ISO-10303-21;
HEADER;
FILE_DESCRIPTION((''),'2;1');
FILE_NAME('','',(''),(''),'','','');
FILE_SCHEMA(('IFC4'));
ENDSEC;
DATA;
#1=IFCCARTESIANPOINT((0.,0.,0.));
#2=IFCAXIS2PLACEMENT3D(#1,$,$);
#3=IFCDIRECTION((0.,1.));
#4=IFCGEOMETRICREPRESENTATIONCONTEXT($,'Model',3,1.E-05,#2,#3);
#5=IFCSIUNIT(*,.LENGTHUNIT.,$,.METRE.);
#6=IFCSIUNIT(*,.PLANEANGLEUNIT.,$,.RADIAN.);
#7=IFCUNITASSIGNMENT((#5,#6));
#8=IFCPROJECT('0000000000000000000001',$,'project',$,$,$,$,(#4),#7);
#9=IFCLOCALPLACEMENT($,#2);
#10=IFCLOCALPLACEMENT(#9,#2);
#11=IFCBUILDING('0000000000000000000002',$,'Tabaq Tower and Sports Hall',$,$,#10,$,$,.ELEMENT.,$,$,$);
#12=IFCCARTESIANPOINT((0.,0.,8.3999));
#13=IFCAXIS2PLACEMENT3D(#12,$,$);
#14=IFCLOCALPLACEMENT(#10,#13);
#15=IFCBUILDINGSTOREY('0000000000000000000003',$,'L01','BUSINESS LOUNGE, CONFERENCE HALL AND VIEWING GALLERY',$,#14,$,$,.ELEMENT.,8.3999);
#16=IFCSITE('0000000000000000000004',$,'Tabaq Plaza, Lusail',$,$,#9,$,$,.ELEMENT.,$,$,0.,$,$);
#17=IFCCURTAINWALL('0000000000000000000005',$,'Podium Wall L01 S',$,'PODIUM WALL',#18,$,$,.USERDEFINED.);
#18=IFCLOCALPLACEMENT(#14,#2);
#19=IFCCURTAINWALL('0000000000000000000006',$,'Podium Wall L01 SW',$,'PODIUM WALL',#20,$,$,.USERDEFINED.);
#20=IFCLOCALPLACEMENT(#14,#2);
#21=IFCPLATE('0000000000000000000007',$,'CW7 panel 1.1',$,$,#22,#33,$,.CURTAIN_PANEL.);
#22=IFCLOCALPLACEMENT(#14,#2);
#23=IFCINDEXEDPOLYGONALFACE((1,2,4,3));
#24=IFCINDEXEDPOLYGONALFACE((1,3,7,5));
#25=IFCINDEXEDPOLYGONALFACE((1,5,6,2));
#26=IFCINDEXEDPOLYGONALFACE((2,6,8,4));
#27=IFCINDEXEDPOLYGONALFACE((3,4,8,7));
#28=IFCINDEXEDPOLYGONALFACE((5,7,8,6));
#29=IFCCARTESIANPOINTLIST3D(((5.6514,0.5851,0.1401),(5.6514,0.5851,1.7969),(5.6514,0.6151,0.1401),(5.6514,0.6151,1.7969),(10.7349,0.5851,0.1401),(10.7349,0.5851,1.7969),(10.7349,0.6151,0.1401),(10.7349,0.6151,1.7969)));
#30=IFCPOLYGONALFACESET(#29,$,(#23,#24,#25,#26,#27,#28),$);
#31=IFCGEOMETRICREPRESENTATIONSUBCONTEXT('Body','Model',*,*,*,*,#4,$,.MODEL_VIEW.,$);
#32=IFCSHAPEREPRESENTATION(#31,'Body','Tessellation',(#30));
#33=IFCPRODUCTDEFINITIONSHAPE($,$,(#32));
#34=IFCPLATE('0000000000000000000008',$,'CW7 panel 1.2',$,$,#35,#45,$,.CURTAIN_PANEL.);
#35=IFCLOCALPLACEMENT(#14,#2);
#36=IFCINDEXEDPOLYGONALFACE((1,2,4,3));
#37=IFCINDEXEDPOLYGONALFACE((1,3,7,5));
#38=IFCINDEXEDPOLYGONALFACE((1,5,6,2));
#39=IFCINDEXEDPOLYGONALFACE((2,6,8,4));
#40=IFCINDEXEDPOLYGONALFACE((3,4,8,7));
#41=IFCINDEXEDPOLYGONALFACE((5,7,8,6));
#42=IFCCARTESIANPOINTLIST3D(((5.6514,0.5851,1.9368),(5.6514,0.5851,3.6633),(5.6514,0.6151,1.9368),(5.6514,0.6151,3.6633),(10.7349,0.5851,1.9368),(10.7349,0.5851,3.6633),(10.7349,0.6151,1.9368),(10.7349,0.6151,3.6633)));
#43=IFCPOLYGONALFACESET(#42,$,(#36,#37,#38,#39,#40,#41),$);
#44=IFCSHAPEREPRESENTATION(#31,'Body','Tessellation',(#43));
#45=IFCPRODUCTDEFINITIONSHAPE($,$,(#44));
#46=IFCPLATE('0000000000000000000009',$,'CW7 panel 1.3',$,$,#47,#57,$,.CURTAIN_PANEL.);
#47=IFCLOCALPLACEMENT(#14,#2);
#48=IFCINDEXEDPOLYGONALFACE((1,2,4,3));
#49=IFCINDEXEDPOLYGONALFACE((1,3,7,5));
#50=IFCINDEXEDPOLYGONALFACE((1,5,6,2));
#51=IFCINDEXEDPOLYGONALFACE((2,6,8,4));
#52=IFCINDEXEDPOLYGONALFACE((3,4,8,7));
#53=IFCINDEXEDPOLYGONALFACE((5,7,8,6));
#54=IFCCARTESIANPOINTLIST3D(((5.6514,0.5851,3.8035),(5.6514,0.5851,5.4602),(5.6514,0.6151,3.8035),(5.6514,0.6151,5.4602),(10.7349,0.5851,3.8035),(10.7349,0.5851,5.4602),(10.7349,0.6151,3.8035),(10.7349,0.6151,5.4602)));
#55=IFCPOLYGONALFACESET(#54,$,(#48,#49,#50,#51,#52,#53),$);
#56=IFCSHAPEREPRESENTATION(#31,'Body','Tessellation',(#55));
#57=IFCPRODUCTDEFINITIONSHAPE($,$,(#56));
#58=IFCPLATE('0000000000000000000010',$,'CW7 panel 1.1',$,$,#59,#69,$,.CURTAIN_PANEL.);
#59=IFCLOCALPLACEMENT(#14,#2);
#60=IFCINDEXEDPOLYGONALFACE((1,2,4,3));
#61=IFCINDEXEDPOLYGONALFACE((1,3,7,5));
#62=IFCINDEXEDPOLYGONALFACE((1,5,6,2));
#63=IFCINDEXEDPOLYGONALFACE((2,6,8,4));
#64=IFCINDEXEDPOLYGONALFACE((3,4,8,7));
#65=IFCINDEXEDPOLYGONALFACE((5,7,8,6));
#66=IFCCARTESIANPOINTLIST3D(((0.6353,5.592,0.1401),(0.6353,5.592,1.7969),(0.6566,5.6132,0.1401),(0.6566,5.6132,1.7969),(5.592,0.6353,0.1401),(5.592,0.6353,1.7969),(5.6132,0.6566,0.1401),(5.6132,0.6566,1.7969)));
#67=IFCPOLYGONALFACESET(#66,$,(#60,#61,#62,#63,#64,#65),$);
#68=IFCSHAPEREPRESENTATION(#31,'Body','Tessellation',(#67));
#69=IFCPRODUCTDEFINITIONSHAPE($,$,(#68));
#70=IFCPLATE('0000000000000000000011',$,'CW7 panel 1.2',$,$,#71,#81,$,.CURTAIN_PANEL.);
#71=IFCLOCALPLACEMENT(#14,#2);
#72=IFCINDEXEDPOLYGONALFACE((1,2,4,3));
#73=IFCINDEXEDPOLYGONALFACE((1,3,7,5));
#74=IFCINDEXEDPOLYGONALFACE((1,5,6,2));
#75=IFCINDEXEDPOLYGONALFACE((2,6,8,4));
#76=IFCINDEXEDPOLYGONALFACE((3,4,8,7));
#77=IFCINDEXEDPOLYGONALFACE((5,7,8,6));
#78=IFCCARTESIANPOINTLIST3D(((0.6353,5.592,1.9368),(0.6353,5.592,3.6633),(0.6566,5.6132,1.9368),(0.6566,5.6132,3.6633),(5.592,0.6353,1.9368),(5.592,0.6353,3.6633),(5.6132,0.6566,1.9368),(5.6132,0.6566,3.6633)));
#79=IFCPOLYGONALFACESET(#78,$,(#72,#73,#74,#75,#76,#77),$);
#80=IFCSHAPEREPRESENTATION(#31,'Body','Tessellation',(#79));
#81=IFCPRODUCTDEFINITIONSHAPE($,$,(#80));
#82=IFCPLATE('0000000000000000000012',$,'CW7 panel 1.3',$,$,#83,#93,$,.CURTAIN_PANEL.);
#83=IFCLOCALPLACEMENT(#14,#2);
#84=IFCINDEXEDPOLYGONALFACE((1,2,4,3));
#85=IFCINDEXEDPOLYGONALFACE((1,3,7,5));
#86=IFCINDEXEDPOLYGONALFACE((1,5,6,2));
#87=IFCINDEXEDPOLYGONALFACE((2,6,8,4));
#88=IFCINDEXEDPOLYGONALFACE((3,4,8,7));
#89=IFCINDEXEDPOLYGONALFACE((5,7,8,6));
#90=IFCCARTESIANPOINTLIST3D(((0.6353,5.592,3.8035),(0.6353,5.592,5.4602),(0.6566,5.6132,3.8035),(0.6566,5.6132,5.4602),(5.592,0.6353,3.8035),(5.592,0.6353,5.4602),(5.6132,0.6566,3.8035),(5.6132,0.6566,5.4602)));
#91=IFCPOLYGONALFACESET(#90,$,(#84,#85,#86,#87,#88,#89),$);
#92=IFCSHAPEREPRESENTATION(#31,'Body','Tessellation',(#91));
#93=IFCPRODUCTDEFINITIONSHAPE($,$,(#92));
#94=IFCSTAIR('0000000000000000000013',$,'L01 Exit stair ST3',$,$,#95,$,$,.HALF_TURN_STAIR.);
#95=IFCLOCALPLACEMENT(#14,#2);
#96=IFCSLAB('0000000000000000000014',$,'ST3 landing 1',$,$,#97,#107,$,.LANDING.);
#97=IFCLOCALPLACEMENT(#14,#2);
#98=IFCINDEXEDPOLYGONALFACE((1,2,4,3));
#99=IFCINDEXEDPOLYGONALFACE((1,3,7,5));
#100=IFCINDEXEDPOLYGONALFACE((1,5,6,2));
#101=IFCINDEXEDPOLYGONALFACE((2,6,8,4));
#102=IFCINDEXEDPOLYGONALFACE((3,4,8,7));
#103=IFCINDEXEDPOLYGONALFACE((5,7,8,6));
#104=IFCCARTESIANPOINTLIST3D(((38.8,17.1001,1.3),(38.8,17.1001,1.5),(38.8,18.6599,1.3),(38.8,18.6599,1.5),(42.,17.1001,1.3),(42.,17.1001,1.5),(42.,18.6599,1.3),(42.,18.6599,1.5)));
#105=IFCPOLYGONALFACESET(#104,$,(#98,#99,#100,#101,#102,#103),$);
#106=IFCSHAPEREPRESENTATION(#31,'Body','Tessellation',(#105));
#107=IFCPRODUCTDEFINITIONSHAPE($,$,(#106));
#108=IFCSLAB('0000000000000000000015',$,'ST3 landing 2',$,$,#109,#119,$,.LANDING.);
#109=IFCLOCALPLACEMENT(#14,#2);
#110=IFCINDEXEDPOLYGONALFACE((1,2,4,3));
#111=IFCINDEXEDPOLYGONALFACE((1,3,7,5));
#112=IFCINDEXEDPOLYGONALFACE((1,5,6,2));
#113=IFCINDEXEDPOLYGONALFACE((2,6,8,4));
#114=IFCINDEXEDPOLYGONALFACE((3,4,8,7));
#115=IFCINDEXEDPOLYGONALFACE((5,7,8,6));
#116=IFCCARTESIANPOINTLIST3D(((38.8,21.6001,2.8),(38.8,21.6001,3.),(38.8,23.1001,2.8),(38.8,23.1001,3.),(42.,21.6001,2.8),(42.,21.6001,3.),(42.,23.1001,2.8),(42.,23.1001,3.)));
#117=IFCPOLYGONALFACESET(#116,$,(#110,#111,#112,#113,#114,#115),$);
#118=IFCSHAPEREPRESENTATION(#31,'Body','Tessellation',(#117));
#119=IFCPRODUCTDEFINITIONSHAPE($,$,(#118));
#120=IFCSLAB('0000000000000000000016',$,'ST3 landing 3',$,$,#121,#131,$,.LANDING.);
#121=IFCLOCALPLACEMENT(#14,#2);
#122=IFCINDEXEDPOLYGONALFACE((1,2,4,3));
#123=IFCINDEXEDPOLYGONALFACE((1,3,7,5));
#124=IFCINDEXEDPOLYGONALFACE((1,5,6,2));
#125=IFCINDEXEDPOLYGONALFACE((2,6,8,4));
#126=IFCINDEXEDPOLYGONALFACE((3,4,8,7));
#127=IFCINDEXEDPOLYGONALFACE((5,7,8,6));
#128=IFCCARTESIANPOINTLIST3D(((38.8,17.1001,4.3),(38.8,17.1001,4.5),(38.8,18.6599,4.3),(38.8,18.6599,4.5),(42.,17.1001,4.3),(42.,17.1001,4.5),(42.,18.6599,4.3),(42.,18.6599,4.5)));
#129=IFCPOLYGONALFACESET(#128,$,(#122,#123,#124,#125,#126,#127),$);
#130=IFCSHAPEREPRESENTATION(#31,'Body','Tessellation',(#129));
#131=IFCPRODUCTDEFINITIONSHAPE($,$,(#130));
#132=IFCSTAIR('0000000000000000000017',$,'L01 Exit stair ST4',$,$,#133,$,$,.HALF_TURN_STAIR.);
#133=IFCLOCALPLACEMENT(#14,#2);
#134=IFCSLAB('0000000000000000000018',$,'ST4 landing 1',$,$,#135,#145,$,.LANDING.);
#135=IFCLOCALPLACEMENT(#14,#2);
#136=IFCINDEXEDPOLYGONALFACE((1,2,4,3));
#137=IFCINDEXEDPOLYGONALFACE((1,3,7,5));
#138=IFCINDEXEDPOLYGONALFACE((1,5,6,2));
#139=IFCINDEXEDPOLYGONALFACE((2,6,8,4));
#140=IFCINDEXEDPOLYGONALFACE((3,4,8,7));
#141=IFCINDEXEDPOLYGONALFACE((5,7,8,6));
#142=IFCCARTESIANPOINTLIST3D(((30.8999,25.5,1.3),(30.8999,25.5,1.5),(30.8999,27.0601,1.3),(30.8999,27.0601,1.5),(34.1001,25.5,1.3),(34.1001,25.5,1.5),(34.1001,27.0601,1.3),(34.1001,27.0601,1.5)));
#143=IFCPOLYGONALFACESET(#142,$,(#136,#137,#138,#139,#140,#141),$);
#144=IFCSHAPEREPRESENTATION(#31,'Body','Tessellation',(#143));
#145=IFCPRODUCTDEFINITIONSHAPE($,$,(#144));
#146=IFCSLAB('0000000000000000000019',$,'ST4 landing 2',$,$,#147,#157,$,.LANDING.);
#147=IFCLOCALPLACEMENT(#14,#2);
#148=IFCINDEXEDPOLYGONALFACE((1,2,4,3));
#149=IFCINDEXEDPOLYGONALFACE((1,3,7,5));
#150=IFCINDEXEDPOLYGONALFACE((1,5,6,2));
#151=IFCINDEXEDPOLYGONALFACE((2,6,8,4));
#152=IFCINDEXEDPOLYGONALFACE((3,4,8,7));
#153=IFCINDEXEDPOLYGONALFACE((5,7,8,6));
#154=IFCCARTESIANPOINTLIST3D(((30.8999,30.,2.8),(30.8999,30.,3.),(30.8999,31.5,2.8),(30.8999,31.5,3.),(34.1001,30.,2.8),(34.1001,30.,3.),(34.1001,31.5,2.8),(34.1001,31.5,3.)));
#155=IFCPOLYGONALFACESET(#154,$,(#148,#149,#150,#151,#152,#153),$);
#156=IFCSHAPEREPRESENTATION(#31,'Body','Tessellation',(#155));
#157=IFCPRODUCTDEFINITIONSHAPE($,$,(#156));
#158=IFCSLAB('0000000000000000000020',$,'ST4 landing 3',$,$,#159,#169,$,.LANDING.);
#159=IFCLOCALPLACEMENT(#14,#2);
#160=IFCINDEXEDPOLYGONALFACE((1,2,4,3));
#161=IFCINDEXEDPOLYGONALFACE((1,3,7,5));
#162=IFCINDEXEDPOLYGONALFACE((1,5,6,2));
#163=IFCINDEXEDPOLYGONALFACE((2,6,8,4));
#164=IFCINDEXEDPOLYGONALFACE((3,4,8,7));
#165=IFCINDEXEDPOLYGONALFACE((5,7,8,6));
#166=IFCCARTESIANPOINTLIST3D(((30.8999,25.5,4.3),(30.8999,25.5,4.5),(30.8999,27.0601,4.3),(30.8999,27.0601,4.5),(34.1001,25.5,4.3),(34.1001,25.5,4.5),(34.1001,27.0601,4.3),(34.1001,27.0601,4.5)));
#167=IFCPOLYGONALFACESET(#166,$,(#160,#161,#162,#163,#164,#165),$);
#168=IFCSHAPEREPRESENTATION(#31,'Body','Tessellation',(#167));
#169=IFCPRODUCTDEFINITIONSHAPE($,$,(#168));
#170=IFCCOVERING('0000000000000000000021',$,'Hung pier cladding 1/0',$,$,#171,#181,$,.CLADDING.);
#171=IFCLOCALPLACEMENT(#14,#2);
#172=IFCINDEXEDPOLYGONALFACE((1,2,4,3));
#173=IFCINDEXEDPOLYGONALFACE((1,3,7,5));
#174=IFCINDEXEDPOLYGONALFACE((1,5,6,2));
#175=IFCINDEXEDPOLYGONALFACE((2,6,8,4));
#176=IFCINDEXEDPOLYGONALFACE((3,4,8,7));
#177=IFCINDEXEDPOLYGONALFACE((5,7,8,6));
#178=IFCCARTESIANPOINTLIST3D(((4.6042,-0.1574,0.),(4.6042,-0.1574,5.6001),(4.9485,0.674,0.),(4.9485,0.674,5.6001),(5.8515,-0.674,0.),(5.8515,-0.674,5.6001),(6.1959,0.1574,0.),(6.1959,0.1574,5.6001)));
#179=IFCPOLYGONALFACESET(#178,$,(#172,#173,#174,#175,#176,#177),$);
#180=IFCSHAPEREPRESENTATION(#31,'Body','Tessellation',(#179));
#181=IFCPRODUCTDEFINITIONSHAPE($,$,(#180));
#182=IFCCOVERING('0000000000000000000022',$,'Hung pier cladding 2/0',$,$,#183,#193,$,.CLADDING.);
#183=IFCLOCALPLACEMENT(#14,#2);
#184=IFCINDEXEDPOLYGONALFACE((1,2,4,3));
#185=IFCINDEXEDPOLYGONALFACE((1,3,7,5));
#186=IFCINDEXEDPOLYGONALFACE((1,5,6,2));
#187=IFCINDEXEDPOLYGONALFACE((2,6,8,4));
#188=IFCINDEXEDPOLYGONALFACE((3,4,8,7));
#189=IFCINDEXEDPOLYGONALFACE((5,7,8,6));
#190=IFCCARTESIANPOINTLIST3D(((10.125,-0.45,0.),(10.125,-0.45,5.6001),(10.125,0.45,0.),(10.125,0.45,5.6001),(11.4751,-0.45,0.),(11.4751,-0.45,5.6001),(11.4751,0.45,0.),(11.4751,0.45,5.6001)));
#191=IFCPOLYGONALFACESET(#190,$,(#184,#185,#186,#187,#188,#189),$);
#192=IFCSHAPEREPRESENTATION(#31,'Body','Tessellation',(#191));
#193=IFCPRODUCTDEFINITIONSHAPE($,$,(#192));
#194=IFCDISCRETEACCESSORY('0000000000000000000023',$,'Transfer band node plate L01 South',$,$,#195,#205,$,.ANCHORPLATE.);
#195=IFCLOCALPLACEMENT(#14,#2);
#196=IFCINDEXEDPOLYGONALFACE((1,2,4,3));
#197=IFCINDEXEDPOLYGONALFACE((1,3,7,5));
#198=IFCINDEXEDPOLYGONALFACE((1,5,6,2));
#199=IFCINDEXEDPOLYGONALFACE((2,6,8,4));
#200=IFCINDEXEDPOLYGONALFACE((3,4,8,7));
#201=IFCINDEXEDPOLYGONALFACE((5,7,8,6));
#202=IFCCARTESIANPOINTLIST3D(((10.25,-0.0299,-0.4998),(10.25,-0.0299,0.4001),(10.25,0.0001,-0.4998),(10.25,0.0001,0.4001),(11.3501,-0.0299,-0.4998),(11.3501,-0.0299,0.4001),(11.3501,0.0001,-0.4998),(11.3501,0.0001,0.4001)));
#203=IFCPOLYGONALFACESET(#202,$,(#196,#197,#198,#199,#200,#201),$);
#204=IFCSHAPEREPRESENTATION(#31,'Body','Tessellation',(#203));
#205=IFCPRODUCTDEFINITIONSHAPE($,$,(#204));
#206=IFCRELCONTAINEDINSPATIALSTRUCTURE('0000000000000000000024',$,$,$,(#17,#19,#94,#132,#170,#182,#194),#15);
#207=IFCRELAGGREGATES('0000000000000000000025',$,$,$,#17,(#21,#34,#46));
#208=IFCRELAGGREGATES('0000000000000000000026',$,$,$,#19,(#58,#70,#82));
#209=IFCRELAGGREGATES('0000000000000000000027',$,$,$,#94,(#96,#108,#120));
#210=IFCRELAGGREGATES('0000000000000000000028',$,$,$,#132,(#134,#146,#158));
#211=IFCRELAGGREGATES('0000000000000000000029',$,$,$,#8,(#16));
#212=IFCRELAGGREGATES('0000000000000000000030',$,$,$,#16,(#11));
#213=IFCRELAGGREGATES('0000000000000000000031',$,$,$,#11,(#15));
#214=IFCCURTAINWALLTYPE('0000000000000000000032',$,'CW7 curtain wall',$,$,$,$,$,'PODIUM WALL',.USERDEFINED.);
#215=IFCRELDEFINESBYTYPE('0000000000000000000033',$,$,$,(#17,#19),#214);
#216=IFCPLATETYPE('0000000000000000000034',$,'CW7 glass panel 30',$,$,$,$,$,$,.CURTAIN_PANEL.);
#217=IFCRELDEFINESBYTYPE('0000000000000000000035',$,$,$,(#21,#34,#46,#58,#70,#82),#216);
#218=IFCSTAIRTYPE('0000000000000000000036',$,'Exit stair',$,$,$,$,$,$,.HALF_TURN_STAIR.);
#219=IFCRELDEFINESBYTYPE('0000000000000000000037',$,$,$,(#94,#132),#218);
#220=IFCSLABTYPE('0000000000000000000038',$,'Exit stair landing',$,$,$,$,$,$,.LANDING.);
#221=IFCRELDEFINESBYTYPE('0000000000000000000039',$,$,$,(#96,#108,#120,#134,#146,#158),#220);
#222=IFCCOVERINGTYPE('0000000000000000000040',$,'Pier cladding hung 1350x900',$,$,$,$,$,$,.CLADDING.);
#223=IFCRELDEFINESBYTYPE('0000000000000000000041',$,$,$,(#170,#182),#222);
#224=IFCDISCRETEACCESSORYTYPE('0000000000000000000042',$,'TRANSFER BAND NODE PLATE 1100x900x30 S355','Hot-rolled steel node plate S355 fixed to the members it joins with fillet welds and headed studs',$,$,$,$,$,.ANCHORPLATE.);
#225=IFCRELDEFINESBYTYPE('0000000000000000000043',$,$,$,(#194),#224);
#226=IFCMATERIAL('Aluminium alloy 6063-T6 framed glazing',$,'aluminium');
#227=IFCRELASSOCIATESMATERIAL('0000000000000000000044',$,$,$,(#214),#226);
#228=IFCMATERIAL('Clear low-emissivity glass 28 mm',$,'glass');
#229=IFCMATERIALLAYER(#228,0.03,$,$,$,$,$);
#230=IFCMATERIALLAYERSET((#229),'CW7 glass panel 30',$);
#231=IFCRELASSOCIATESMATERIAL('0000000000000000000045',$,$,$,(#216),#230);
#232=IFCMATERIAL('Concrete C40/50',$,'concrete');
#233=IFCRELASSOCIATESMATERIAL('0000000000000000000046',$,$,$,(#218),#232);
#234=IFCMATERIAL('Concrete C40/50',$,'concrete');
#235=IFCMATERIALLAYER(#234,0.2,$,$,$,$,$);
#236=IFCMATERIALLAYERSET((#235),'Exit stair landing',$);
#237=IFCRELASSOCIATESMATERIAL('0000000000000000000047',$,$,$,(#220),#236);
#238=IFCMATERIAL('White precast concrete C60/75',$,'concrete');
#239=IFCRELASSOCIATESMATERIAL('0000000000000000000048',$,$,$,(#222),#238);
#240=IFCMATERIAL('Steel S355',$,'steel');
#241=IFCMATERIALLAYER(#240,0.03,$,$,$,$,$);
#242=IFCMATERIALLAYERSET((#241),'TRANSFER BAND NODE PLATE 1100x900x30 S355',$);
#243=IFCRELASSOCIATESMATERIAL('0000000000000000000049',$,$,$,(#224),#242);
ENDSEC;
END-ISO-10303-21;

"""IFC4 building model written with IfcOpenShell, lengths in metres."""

from ifc_helpers import new_model, si_unit, direction, frame, frame_2d, origin, origin_2d, place, context, subcontext, project, spatial, polyline, rectangle, outline, extrude, material, layer, layer_set, type_object, element, aggregate, save


model = new_model("IFC4")

# Units and contexts
model_context = context("Model", 3, precision=1e-05, world=origin(), true_north=direction((0.0, 1.0)))
body_context = subcontext(model_context, "Body", "Model", "MODEL_VIEW")
ifc_project = project(units=[si_unit("LENGTHUNIT", "METRE"), si_unit("PLANEANGLEUNIT", "RADIAN")], contexts=[model_context])

# Site, building, storey
site_placement = place(None, origin())
site = spatial("IfcSite", under=ifc_project, at=site_placement, Name="Tabaq Plaza, Lusail", CompositionType="ELEMENT", RefElevation=0.0)
building_placement = place(site_placement, origin())
building = spatial("IfcBuilding", under=site, at=building_placement, Name="Tabaq Tower and Sports Hall", CompositionType="ELEMENT")
storey_placement = place(building_placement, frame((0.0, 0.0, 8.3999)))
storey = spatial("IfcBuildingStorey", under=building, at=storey_placement, Name="L01", Description="BUSINESS LOUNGE, CONFERENCE HALL AND VIEWING GALLERY", CompositionType="ELEMENT", Elevation=8.3999)

# Curtain wall
ifc_material_1 = material(Name="Aluminium alloy 6063-T6 framed glazing", Category="aluminium")
curtain_wall_type = type_object("IfcCurtainWallType", Name="CW7 curtain wall", ElementType="PODIUM WALL", PredefinedType="USERDEFINED", material=ifc_material_1)
curtain_wall_1_placement = place(storey_placement, origin())
curtain_wall_1 = element("IfcCurtainWall", 1, at=curtain_wall_1_placement, inside=storey, type_object=curtain_wall_type, Name="Podium Wall L01 S", ObjectType="PODIUM WALL", PredefinedType="USERDEFINED")

# Curtain wall
curtain_wall_2_placement = place(storey_placement, origin())
curtain_wall_2 = element("IfcCurtainWall", 2, at=curtain_wall_2_placement, inside=storey, type_object=curtain_wall_type, Name="Podium Wall L01 SW", ObjectType="PODIUM WALL", PredefinedType="USERDEFINED")

# Plates
ifc_material_2 = material(Name="Clear low-emissivity glass 28 mm", Category="glass")
ifc_layer_1 = layer(ifc_material_2, 0.03)
ifc_layer_set_1 = layer_set([ifc_layer_1], Name="CW7 glass panel 30")
plate_type = type_object("IfcPlateType", Name="CW7 glass panel 30", PredefinedType="CURTAIN_PANEL", material=ifc_layer_set_1)
plate_1_placement = place(storey_placement, frame((8.1931, 0.6001, 0.1401), z_axis=(0.0, 0.0, 1.0), x_axis=(1.0, 0.0, 0.0)))
plate_1 = element("IfcPlate", 3, at=plate_1_placement, type_object=plate_type, Name="CW7 panel 1.1", PredefinedType="CURTAIN_PANEL", context=body_context, shape_type="SweptSolid", body=[
    extrude(rectangle(XDim=5.0835, YDim=0.03, at=origin_2d()), origin(), (0.0, 0.0, 1.0), 1.6567),
])
plate_2_placement = place(storey_placement, frame((8.1931, 0.6001, 1.9368), z_axis=(0.0, 0.0, 1.0), x_axis=(1.0, 0.0, 0.0)))
plate_2 = element("IfcPlate", 4, at=plate_2_placement, type_object=plate_type, Name="CW7 panel 1.2", PredefinedType="CURTAIN_PANEL", context=body_context, shape_type="SweptSolid", body=[
    extrude(rectangle(XDim=5.0835, YDim=0.03, at=origin_2d()), origin(), (0.0, 0.0, 1.0), 1.7266),
])
plate_3_placement = place(storey_placement, frame((8.1931, 0.6001, 3.8035), z_axis=(0.0, 0.0, 1.0), x_axis=(1.0, 0.0, 0.0)))
plate_3 = element("IfcPlate", 5, at=plate_3_placement, type_object=plate_type, Name="CW7 panel 1.3", PredefinedType="CURTAIN_PANEL", context=body_context, shape_type="SweptSolid", body=[
    extrude(rectangle(XDim=5.0835, YDim=0.03, at=origin_2d()), origin(), (0.0, 0.0, 1.0), 1.6567),
])
aggregate(curtain_wall_1, [plate_1, plate_2, plate_3])
plate_4_placement = place(storey_placement, frame((3.1243, 3.1243, 0.1401), z_axis=(0.0, 0.0, 1.0), x_axis=(0.707107, -0.707107, 0.0)))
plate_4 = element("IfcPlate", 6, at=plate_4_placement, type_object=plate_type, Name="CW7 panel 1.1", PredefinedType="CURTAIN_PANEL", context=body_context, shape_type="SweptSolid", body=[
    extrude(rectangle(XDim=7.0098, YDim=0.03, at=origin_2d()), origin(), (0.0, 0.0, 1.0), 1.6567),
])
plate_5_placement = place(storey_placement, frame((3.1243, 3.1243, 1.9368), z_axis=(0.0, 0.0, 1.0), x_axis=(0.707107, -0.707107, 0.0)))
plate_5 = element("IfcPlate", 7, at=plate_5_placement, type_object=plate_type, Name="CW7 panel 1.2", PredefinedType="CURTAIN_PANEL", context=body_context, shape_type="SweptSolid", body=[
    extrude(rectangle(XDim=7.0098, YDim=0.03, at=origin_2d()), origin(), (0.0, 0.0, 1.0), 1.7266),
])
plate_6_placement = place(storey_placement, frame((3.1243, 3.1243, 3.8035), z_axis=(0.0, 0.0, 1.0), x_axis=(0.707107, -0.707107, 0.0)))
plate_6 = element("IfcPlate", 8, at=plate_6_placement, type_object=plate_type, Name="CW7 panel 1.3", PredefinedType="CURTAIN_PANEL", context=body_context, shape_type="SweptSolid", body=[
    extrude(rectangle(XDim=7.0098, YDim=0.03, at=origin_2d()), origin(), (0.0, 0.0, 1.0), 1.6567),
])
aggregate(curtain_wall_2, [plate_4, plate_5, plate_6])

# Stairs, slabs
ifc_material_3 = material(Name="Concrete C40/50", Category="concrete")
stair_type = type_object("IfcStairType", Name="Exit stair", PredefinedType="HALF_TURN_STAIR", material=ifc_material_3)
stair_1_placement = place(storey_placement, origin())
stair_1 = element("IfcStair", 9, at=stair_1_placement, inside=storey, type_object=stair_type, Name="L01 Exit stair ST3", PredefinedType="HALF_TURN_STAIR")
ifc_material_4 = material(Name="Concrete C40/50", Category="concrete")
ifc_layer_2 = layer(ifc_material_4, 0.2)
ifc_layer_set_2 = layer_set([ifc_layer_2], Name="Exit stair landing")
slab_type = type_object("IfcSlabType", Name="Exit stair landing", PredefinedType="LANDING", material=ifc_layer_set_2)
slab_1_placement = place(storey_placement, frame((0.0, 0.0, 1.3)))
slab_1 = element("IfcSlab", 10, at=slab_1_placement, type_object=slab_type, Name="ST3 landing 1", PredefinedType="LANDING", context=body_context, shape_type="SweptSolid", body=[
    extrude(outline(polyline([(38.8, 18.6599), (38.8, 17.1001), (42.0, 17.1001), (42.0, 18.6599), (38.8, 18.6599)])), origin(), (0.0, 0.0, 1.0), 0.2),
])
slab_2_placement = place(storey_placement, frame((0.0, 0.0, 2.8)))
slab_2 = element("IfcSlab", 11, at=slab_2_placement, type_object=slab_type, Name="ST3 landing 2", PredefinedType="LANDING", context=body_context, shape_type="SweptSolid", body=[
    extrude(outline(polyline([(38.8, 23.1001), (38.8, 21.6001), (42.0, 21.6001), (42.0, 23.1001), (38.8, 23.1001)])), origin(), (0.0, 0.0, 1.0), 0.2),
])
slab_3_placement = place(storey_placement, frame((0.0, 0.0, 4.3)))
slab_3 = element("IfcSlab", 12, at=slab_3_placement, type_object=slab_type, Name="ST3 landing 3", PredefinedType="LANDING", context=body_context, shape_type="SweptSolid", body=[
    extrude(outline(polyline([(38.8, 18.6599), (38.8, 17.1001), (42.0, 17.1001), (42.0, 18.6599), (38.8, 18.6599)])), origin(), (0.0, 0.0, 1.0), 0.2),
])
aggregate(stair_1, [slab_1, slab_2, slab_3])
stair_2_placement = place(storey_placement, origin())
stair_2 = element("IfcStair", 13, at=stair_2_placement, inside=storey, type_object=stair_type, Name="L01 Exit stair ST4", PredefinedType="HALF_TURN_STAIR")
slab_4_placement = place(storey_placement, frame((0.0, 0.0, 1.3)))
slab_4 = element("IfcSlab", 14, at=slab_4_placement, type_object=slab_type, Name="ST4 landing 1", PredefinedType="LANDING", context=body_context, shape_type="SweptSolid", body=[
    extrude(outline(polyline([(30.8999, 27.0601), (30.8999, 25.5), (34.1001, 25.5), (34.1001, 27.0601), (30.8999, 27.0601)])), origin(), (0.0, 0.0, 1.0), 0.2),
])
slab_5_placement = place(storey_placement, frame((0.0, 0.0, 2.8)))
slab_5 = element("IfcSlab", 15, at=slab_5_placement, type_object=slab_type, Name="ST4 landing 2", PredefinedType="LANDING", context=body_context, shape_type="SweptSolid", body=[
    extrude(outline(polyline([(30.8999, 31.5), (30.8999, 30.0), (34.1001, 30.0), (34.1001, 31.5), (30.8999, 31.5)])), origin(), (0.0, 0.0, 1.0), 0.2),
])
slab_6_placement = place(storey_placement, frame((0.0, 0.0, 4.3)))
slab_6 = element("IfcSlab", 16, at=slab_6_placement, type_object=slab_type, Name="ST4 landing 3", PredefinedType="LANDING", context=body_context, shape_type="SweptSolid", body=[
    extrude(outline(polyline([(30.8999, 27.0601), (30.8999, 25.5), (34.1001, 25.5), (34.1001, 27.0601), (30.8999, 27.0601)])), origin(), (0.0, 0.0, 1.0), 0.2),
])
aggregate(stair_2, [slab_4, slab_5, slab_6])

# Coverings
ifc_material_5 = material(Name="White precast concrete C60/75", Category="concrete")
covering_type = type_object("IfcCoveringType", Name="Pier cladding hung 1350x900", PredefinedType="CLADDING", material=ifc_material_5)
for number, where, z_axis, x_axis, name in (
    (17, (4.7764, 0.2583, 0.0), (0.0, 0.0, 1.0), (0.923893, -0.38265, 0.0), "Hung pier cladding 1/0"),
    (18, (10.125, 0.0, 0.0), (0.0, 0.0, 1.0), (1.0, 0.0, 0.0), "Hung pier cladding 2/0"),
):
    element("IfcCovering", number, at=place(storey_placement, frame(where, z_axis=z_axis, x_axis=x_axis)), inside=storey, type_object=covering_type, Name=name, PredefinedType="CLADDING", context=body_context, shape_type="SweptSolid", body=[
        extrude(rectangle(XDim=1.3501, YDim=0.8999, at=frame_2d((0.675, 0.0))), origin(), (0.0, 0.0, 1.0), 5.6001),
    ])

# Discrete accessory
ifc_material_6 = material(Name="Steel S355", Category="steel")
ifc_layer_3 = layer(ifc_material_6, 0.03)
ifc_layer_set_3 = layer_set([ifc_layer_3], Name="TRANSFER BAND NODE PLATE 1100x900x30 S355")
discrete_accessory_type = type_object("IfcDiscreteAccessoryType", Name="TRANSFER BAND NODE PLATE 1100x900x30 S355", Description="Hot-rolled steel node plate S355 fixed to the members it joins with fillet welds and headed studs", PredefinedType="ANCHORPLATE", material=ifc_layer_set_3)
discrete_accessory_placement = place(storey_placement, frame((10.8, -0.0149, -0.4998), z_axis=(0.0, 0.0, 1.0), x_axis=(1.0, 0.0, 0.0)))
element("IfcDiscreteAccessory", 19, at=discrete_accessory_placement, inside=storey, type_object=discrete_accessory_type, Name="Transfer band node plate L01 South", PredefinedType="ANCHORPLATE", context=body_context, shape_type="SweptSolid", body=[
    extrude(rectangle(XDim=1.1001, YDim=0.03, at=origin_2d()), origin(), (0.0, 0.0, 1.0), 0.8999),
])

save(model, "model.ifc")
